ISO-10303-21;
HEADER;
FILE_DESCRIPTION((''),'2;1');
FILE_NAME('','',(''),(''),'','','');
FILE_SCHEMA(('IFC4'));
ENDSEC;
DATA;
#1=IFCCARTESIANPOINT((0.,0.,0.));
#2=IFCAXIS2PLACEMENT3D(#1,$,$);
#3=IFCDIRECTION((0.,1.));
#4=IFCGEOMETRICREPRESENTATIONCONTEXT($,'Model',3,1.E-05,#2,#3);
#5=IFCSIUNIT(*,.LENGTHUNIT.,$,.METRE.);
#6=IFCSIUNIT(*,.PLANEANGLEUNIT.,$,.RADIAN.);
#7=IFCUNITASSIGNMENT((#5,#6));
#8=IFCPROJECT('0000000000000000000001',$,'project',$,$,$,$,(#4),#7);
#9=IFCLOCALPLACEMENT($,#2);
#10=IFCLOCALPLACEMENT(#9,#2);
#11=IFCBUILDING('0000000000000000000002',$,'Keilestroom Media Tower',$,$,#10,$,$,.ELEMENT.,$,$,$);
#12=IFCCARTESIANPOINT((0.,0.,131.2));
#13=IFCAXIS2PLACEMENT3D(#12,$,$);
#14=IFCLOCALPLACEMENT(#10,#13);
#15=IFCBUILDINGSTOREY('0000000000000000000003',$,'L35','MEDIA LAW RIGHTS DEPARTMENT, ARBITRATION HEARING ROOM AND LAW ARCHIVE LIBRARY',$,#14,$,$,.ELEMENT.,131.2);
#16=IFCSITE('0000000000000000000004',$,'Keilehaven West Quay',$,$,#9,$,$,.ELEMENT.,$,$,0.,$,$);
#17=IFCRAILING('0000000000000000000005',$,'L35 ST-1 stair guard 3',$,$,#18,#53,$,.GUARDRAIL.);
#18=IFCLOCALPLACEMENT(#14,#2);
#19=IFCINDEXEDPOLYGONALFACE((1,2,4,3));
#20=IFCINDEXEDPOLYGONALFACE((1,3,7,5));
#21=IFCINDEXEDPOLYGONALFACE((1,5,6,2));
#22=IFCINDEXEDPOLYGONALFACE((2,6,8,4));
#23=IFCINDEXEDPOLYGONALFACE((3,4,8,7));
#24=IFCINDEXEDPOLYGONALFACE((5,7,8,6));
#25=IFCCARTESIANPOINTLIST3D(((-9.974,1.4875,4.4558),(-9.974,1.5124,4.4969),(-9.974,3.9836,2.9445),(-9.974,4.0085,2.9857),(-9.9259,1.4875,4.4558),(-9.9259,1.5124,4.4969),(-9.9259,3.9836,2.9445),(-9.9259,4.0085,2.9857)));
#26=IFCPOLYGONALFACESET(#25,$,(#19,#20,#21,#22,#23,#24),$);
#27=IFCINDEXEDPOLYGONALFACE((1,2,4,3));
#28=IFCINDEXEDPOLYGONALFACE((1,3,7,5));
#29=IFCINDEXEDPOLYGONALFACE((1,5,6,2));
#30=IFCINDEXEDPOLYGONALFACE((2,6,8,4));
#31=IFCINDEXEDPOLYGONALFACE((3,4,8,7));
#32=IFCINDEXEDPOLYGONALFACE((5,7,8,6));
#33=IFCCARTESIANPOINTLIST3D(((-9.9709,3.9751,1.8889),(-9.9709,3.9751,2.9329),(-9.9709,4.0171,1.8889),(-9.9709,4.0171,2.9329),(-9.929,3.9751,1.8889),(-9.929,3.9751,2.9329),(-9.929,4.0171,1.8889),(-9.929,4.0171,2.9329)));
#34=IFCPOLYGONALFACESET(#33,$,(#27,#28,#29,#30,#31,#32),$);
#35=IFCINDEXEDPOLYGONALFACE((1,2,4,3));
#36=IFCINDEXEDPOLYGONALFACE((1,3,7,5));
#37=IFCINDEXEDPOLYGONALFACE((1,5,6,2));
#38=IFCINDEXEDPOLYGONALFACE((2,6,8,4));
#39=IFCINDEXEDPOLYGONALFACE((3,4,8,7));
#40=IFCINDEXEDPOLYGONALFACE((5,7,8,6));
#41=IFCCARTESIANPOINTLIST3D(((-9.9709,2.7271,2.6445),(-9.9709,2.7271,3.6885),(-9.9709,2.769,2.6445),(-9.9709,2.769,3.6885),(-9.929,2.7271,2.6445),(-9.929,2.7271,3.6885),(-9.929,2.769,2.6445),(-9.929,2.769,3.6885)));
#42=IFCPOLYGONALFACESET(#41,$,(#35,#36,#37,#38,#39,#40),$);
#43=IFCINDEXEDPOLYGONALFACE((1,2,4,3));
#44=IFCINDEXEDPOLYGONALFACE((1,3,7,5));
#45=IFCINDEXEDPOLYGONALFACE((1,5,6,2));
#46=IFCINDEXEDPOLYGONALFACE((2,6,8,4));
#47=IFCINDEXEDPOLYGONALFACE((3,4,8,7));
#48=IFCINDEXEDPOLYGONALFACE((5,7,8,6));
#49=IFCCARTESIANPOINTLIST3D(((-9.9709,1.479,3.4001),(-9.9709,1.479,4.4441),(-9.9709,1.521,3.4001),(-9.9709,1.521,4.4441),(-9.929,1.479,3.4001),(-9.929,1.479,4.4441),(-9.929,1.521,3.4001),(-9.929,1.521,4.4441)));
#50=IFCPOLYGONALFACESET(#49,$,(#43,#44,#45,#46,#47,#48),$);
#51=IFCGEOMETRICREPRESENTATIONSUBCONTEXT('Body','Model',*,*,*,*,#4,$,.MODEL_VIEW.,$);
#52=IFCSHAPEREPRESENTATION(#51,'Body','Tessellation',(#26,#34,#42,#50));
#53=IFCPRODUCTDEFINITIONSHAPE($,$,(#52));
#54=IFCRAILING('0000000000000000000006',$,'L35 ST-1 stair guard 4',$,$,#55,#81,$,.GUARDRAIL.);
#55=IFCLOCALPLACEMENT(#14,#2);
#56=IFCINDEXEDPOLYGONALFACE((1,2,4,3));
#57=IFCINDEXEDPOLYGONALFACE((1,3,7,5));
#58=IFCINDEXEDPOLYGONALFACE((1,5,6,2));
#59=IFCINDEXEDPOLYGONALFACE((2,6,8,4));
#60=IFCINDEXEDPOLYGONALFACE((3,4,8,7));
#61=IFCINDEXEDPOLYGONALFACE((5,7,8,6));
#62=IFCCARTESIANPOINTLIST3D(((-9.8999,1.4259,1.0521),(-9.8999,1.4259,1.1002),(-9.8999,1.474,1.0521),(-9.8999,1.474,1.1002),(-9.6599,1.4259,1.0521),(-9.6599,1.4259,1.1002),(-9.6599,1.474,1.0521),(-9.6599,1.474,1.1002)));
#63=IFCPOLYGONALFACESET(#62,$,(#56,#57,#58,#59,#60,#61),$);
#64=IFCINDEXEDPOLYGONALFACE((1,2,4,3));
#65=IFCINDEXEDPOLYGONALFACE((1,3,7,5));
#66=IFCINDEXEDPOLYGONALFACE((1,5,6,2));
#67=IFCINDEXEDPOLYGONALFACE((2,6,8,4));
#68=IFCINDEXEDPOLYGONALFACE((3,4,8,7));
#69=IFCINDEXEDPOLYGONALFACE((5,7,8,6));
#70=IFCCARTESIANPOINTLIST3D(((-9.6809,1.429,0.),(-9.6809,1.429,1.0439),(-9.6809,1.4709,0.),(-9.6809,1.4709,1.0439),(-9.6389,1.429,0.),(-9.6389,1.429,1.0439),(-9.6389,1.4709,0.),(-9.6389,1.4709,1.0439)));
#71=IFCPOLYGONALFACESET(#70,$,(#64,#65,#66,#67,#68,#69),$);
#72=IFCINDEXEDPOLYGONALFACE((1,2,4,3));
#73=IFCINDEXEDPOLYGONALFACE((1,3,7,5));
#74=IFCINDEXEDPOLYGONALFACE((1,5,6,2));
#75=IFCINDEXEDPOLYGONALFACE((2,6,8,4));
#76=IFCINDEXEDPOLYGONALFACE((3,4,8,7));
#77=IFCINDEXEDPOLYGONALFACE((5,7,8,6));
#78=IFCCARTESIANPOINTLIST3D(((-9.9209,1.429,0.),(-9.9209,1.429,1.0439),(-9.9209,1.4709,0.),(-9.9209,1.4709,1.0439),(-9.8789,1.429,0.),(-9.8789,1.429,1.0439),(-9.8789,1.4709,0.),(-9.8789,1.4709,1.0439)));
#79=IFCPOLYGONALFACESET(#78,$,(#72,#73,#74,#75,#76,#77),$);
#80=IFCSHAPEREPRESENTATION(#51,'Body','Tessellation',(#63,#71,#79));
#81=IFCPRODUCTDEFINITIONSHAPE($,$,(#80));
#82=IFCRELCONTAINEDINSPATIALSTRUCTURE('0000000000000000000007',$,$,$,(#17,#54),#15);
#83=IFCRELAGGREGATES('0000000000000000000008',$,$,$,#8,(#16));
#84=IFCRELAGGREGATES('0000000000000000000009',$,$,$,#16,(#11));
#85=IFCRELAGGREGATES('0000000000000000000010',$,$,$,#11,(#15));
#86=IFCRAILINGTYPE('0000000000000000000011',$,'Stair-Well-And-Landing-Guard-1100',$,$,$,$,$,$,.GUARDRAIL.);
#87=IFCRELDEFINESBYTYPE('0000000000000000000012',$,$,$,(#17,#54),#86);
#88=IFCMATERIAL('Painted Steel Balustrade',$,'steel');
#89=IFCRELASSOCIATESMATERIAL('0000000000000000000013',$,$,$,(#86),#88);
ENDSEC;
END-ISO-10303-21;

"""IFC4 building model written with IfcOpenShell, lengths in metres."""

from ifc_helpers import new_model, si_unit, direction, frame, origin, origin_2d, place, context, subcontext, project, spatial, rectangle, extrude, material, type_object, element, save


model = new_model("IFC4")

# Units and contexts
model_context = context("Model", 3, precision=1e-05, world=origin(), true_north=direction((0.0, 1.0)))
body_context = subcontext(model_context, "Body", "Model", "MODEL_VIEW")
ifc_project = project(units=[si_unit("LENGTHUNIT", "METRE"), si_unit("PLANEANGLEUNIT", "RADIAN")], contexts=[model_context])

# Site, building, storey
site_placement = place(None, origin())
site = spatial("IfcSite", under=ifc_project, at=site_placement, Name="Keilehaven West Quay", CompositionType="ELEMENT", RefElevation=0.0)
building_placement = place(site_placement, origin())
building = spatial("IfcBuilding", under=site, at=building_placement, Name="Keilestroom Media Tower", CompositionType="ELEMENT")
storey_placement = place(building_placement, frame((0.0, 0.0, 131.2)))
storey = spatial("IfcBuildingStorey", under=building, at=storey_placement, Name="L35", Description="MEDIA LAW RIGHTS DEPARTMENT, ARBITRATION HEARING ROOM AND LAW ARCHIVE LIBRARY", CompositionType="ELEMENT", Elevation=131.2)

# Railings
ifc_material_1 = material(Name="Painted Steel Balustrade", Category="steel")
railing_type_1 = type_object("IfcRailingType", Name="Stair-Well-And-Landing-Guard-1100", PredefinedType="GUARDRAIL", material=ifc_material_1)
railing_1_placement = place(storey_placement, frame((-9.95, 3.9961, 1.8889)))
element("IfcRailing", 1, at=railing_1_placement, inside=storey, type_object=railing_type_1, Name="L35 ST-1 stair guard 3", PredefinedType="GUARDRAIL", context=body_context, shape_type="SweptSolid", body=[
    extrude(rectangle(XDim=0.0481, YDim=0.0481, at=origin_2d()), frame((0.0, 0.0, 1.0762), z_axis=(0.0, -0.855434, 0.517912), x_axis=(1.0, 0.0, 0.0)), (0.0, 0.0, 1.0), 2.918),
    extrude(rectangle(XDim=0.042, YDim=0.042, at=origin_2d()), origin(), (0.0, 0.0, 1.0), 1.0439),
    extrude(rectangle(XDim=0.042, YDim=0.042, at=origin_2d()), frame((0.0, -1.248, 0.7556)), (0.0, 0.0, 1.0), 1.0439),
    extrude(rectangle(XDim=0.042, YDim=0.042, at=origin_2d()), frame((0.0, -2.4961, 1.5112)), (0.0, 0.0, 1.0), 1.0439),
])
railing_2_placement = place(storey_placement, frame((-9.6599, 1.45, 0.0)))
element("IfcRailing", 2, at=railing_2_placement, inside=storey, type_object=railing_type_1, Name="L35 ST-1 stair guard 4", PredefinedType="GUARDRAIL", context=body_context, shape_type="SweptSolid", body=[
    extrude(rectangle(XDim=0.0481, YDim=0.0481, at=origin_2d()), frame((0.0, 0.0, 1.0762), z_axis=(-1.0, 0.0, 0.0), x_axis=(0.0, -1.0, 0.0)), (0.0, 0.0, 1.0), 0.24),
    extrude(rectangle(XDim=0.042, YDim=0.042, at=origin_2d()), origin(), (0.0, 0.0, 1.0), 1.0439),
    extrude(rectangle(XDim=0.042, YDim=0.042, at=origin_2d()), frame((-0.24, 0.0, 0.0)), (0.0, 0.0, 1.0), 1.0439),
])

save(model, "model.ifc")
